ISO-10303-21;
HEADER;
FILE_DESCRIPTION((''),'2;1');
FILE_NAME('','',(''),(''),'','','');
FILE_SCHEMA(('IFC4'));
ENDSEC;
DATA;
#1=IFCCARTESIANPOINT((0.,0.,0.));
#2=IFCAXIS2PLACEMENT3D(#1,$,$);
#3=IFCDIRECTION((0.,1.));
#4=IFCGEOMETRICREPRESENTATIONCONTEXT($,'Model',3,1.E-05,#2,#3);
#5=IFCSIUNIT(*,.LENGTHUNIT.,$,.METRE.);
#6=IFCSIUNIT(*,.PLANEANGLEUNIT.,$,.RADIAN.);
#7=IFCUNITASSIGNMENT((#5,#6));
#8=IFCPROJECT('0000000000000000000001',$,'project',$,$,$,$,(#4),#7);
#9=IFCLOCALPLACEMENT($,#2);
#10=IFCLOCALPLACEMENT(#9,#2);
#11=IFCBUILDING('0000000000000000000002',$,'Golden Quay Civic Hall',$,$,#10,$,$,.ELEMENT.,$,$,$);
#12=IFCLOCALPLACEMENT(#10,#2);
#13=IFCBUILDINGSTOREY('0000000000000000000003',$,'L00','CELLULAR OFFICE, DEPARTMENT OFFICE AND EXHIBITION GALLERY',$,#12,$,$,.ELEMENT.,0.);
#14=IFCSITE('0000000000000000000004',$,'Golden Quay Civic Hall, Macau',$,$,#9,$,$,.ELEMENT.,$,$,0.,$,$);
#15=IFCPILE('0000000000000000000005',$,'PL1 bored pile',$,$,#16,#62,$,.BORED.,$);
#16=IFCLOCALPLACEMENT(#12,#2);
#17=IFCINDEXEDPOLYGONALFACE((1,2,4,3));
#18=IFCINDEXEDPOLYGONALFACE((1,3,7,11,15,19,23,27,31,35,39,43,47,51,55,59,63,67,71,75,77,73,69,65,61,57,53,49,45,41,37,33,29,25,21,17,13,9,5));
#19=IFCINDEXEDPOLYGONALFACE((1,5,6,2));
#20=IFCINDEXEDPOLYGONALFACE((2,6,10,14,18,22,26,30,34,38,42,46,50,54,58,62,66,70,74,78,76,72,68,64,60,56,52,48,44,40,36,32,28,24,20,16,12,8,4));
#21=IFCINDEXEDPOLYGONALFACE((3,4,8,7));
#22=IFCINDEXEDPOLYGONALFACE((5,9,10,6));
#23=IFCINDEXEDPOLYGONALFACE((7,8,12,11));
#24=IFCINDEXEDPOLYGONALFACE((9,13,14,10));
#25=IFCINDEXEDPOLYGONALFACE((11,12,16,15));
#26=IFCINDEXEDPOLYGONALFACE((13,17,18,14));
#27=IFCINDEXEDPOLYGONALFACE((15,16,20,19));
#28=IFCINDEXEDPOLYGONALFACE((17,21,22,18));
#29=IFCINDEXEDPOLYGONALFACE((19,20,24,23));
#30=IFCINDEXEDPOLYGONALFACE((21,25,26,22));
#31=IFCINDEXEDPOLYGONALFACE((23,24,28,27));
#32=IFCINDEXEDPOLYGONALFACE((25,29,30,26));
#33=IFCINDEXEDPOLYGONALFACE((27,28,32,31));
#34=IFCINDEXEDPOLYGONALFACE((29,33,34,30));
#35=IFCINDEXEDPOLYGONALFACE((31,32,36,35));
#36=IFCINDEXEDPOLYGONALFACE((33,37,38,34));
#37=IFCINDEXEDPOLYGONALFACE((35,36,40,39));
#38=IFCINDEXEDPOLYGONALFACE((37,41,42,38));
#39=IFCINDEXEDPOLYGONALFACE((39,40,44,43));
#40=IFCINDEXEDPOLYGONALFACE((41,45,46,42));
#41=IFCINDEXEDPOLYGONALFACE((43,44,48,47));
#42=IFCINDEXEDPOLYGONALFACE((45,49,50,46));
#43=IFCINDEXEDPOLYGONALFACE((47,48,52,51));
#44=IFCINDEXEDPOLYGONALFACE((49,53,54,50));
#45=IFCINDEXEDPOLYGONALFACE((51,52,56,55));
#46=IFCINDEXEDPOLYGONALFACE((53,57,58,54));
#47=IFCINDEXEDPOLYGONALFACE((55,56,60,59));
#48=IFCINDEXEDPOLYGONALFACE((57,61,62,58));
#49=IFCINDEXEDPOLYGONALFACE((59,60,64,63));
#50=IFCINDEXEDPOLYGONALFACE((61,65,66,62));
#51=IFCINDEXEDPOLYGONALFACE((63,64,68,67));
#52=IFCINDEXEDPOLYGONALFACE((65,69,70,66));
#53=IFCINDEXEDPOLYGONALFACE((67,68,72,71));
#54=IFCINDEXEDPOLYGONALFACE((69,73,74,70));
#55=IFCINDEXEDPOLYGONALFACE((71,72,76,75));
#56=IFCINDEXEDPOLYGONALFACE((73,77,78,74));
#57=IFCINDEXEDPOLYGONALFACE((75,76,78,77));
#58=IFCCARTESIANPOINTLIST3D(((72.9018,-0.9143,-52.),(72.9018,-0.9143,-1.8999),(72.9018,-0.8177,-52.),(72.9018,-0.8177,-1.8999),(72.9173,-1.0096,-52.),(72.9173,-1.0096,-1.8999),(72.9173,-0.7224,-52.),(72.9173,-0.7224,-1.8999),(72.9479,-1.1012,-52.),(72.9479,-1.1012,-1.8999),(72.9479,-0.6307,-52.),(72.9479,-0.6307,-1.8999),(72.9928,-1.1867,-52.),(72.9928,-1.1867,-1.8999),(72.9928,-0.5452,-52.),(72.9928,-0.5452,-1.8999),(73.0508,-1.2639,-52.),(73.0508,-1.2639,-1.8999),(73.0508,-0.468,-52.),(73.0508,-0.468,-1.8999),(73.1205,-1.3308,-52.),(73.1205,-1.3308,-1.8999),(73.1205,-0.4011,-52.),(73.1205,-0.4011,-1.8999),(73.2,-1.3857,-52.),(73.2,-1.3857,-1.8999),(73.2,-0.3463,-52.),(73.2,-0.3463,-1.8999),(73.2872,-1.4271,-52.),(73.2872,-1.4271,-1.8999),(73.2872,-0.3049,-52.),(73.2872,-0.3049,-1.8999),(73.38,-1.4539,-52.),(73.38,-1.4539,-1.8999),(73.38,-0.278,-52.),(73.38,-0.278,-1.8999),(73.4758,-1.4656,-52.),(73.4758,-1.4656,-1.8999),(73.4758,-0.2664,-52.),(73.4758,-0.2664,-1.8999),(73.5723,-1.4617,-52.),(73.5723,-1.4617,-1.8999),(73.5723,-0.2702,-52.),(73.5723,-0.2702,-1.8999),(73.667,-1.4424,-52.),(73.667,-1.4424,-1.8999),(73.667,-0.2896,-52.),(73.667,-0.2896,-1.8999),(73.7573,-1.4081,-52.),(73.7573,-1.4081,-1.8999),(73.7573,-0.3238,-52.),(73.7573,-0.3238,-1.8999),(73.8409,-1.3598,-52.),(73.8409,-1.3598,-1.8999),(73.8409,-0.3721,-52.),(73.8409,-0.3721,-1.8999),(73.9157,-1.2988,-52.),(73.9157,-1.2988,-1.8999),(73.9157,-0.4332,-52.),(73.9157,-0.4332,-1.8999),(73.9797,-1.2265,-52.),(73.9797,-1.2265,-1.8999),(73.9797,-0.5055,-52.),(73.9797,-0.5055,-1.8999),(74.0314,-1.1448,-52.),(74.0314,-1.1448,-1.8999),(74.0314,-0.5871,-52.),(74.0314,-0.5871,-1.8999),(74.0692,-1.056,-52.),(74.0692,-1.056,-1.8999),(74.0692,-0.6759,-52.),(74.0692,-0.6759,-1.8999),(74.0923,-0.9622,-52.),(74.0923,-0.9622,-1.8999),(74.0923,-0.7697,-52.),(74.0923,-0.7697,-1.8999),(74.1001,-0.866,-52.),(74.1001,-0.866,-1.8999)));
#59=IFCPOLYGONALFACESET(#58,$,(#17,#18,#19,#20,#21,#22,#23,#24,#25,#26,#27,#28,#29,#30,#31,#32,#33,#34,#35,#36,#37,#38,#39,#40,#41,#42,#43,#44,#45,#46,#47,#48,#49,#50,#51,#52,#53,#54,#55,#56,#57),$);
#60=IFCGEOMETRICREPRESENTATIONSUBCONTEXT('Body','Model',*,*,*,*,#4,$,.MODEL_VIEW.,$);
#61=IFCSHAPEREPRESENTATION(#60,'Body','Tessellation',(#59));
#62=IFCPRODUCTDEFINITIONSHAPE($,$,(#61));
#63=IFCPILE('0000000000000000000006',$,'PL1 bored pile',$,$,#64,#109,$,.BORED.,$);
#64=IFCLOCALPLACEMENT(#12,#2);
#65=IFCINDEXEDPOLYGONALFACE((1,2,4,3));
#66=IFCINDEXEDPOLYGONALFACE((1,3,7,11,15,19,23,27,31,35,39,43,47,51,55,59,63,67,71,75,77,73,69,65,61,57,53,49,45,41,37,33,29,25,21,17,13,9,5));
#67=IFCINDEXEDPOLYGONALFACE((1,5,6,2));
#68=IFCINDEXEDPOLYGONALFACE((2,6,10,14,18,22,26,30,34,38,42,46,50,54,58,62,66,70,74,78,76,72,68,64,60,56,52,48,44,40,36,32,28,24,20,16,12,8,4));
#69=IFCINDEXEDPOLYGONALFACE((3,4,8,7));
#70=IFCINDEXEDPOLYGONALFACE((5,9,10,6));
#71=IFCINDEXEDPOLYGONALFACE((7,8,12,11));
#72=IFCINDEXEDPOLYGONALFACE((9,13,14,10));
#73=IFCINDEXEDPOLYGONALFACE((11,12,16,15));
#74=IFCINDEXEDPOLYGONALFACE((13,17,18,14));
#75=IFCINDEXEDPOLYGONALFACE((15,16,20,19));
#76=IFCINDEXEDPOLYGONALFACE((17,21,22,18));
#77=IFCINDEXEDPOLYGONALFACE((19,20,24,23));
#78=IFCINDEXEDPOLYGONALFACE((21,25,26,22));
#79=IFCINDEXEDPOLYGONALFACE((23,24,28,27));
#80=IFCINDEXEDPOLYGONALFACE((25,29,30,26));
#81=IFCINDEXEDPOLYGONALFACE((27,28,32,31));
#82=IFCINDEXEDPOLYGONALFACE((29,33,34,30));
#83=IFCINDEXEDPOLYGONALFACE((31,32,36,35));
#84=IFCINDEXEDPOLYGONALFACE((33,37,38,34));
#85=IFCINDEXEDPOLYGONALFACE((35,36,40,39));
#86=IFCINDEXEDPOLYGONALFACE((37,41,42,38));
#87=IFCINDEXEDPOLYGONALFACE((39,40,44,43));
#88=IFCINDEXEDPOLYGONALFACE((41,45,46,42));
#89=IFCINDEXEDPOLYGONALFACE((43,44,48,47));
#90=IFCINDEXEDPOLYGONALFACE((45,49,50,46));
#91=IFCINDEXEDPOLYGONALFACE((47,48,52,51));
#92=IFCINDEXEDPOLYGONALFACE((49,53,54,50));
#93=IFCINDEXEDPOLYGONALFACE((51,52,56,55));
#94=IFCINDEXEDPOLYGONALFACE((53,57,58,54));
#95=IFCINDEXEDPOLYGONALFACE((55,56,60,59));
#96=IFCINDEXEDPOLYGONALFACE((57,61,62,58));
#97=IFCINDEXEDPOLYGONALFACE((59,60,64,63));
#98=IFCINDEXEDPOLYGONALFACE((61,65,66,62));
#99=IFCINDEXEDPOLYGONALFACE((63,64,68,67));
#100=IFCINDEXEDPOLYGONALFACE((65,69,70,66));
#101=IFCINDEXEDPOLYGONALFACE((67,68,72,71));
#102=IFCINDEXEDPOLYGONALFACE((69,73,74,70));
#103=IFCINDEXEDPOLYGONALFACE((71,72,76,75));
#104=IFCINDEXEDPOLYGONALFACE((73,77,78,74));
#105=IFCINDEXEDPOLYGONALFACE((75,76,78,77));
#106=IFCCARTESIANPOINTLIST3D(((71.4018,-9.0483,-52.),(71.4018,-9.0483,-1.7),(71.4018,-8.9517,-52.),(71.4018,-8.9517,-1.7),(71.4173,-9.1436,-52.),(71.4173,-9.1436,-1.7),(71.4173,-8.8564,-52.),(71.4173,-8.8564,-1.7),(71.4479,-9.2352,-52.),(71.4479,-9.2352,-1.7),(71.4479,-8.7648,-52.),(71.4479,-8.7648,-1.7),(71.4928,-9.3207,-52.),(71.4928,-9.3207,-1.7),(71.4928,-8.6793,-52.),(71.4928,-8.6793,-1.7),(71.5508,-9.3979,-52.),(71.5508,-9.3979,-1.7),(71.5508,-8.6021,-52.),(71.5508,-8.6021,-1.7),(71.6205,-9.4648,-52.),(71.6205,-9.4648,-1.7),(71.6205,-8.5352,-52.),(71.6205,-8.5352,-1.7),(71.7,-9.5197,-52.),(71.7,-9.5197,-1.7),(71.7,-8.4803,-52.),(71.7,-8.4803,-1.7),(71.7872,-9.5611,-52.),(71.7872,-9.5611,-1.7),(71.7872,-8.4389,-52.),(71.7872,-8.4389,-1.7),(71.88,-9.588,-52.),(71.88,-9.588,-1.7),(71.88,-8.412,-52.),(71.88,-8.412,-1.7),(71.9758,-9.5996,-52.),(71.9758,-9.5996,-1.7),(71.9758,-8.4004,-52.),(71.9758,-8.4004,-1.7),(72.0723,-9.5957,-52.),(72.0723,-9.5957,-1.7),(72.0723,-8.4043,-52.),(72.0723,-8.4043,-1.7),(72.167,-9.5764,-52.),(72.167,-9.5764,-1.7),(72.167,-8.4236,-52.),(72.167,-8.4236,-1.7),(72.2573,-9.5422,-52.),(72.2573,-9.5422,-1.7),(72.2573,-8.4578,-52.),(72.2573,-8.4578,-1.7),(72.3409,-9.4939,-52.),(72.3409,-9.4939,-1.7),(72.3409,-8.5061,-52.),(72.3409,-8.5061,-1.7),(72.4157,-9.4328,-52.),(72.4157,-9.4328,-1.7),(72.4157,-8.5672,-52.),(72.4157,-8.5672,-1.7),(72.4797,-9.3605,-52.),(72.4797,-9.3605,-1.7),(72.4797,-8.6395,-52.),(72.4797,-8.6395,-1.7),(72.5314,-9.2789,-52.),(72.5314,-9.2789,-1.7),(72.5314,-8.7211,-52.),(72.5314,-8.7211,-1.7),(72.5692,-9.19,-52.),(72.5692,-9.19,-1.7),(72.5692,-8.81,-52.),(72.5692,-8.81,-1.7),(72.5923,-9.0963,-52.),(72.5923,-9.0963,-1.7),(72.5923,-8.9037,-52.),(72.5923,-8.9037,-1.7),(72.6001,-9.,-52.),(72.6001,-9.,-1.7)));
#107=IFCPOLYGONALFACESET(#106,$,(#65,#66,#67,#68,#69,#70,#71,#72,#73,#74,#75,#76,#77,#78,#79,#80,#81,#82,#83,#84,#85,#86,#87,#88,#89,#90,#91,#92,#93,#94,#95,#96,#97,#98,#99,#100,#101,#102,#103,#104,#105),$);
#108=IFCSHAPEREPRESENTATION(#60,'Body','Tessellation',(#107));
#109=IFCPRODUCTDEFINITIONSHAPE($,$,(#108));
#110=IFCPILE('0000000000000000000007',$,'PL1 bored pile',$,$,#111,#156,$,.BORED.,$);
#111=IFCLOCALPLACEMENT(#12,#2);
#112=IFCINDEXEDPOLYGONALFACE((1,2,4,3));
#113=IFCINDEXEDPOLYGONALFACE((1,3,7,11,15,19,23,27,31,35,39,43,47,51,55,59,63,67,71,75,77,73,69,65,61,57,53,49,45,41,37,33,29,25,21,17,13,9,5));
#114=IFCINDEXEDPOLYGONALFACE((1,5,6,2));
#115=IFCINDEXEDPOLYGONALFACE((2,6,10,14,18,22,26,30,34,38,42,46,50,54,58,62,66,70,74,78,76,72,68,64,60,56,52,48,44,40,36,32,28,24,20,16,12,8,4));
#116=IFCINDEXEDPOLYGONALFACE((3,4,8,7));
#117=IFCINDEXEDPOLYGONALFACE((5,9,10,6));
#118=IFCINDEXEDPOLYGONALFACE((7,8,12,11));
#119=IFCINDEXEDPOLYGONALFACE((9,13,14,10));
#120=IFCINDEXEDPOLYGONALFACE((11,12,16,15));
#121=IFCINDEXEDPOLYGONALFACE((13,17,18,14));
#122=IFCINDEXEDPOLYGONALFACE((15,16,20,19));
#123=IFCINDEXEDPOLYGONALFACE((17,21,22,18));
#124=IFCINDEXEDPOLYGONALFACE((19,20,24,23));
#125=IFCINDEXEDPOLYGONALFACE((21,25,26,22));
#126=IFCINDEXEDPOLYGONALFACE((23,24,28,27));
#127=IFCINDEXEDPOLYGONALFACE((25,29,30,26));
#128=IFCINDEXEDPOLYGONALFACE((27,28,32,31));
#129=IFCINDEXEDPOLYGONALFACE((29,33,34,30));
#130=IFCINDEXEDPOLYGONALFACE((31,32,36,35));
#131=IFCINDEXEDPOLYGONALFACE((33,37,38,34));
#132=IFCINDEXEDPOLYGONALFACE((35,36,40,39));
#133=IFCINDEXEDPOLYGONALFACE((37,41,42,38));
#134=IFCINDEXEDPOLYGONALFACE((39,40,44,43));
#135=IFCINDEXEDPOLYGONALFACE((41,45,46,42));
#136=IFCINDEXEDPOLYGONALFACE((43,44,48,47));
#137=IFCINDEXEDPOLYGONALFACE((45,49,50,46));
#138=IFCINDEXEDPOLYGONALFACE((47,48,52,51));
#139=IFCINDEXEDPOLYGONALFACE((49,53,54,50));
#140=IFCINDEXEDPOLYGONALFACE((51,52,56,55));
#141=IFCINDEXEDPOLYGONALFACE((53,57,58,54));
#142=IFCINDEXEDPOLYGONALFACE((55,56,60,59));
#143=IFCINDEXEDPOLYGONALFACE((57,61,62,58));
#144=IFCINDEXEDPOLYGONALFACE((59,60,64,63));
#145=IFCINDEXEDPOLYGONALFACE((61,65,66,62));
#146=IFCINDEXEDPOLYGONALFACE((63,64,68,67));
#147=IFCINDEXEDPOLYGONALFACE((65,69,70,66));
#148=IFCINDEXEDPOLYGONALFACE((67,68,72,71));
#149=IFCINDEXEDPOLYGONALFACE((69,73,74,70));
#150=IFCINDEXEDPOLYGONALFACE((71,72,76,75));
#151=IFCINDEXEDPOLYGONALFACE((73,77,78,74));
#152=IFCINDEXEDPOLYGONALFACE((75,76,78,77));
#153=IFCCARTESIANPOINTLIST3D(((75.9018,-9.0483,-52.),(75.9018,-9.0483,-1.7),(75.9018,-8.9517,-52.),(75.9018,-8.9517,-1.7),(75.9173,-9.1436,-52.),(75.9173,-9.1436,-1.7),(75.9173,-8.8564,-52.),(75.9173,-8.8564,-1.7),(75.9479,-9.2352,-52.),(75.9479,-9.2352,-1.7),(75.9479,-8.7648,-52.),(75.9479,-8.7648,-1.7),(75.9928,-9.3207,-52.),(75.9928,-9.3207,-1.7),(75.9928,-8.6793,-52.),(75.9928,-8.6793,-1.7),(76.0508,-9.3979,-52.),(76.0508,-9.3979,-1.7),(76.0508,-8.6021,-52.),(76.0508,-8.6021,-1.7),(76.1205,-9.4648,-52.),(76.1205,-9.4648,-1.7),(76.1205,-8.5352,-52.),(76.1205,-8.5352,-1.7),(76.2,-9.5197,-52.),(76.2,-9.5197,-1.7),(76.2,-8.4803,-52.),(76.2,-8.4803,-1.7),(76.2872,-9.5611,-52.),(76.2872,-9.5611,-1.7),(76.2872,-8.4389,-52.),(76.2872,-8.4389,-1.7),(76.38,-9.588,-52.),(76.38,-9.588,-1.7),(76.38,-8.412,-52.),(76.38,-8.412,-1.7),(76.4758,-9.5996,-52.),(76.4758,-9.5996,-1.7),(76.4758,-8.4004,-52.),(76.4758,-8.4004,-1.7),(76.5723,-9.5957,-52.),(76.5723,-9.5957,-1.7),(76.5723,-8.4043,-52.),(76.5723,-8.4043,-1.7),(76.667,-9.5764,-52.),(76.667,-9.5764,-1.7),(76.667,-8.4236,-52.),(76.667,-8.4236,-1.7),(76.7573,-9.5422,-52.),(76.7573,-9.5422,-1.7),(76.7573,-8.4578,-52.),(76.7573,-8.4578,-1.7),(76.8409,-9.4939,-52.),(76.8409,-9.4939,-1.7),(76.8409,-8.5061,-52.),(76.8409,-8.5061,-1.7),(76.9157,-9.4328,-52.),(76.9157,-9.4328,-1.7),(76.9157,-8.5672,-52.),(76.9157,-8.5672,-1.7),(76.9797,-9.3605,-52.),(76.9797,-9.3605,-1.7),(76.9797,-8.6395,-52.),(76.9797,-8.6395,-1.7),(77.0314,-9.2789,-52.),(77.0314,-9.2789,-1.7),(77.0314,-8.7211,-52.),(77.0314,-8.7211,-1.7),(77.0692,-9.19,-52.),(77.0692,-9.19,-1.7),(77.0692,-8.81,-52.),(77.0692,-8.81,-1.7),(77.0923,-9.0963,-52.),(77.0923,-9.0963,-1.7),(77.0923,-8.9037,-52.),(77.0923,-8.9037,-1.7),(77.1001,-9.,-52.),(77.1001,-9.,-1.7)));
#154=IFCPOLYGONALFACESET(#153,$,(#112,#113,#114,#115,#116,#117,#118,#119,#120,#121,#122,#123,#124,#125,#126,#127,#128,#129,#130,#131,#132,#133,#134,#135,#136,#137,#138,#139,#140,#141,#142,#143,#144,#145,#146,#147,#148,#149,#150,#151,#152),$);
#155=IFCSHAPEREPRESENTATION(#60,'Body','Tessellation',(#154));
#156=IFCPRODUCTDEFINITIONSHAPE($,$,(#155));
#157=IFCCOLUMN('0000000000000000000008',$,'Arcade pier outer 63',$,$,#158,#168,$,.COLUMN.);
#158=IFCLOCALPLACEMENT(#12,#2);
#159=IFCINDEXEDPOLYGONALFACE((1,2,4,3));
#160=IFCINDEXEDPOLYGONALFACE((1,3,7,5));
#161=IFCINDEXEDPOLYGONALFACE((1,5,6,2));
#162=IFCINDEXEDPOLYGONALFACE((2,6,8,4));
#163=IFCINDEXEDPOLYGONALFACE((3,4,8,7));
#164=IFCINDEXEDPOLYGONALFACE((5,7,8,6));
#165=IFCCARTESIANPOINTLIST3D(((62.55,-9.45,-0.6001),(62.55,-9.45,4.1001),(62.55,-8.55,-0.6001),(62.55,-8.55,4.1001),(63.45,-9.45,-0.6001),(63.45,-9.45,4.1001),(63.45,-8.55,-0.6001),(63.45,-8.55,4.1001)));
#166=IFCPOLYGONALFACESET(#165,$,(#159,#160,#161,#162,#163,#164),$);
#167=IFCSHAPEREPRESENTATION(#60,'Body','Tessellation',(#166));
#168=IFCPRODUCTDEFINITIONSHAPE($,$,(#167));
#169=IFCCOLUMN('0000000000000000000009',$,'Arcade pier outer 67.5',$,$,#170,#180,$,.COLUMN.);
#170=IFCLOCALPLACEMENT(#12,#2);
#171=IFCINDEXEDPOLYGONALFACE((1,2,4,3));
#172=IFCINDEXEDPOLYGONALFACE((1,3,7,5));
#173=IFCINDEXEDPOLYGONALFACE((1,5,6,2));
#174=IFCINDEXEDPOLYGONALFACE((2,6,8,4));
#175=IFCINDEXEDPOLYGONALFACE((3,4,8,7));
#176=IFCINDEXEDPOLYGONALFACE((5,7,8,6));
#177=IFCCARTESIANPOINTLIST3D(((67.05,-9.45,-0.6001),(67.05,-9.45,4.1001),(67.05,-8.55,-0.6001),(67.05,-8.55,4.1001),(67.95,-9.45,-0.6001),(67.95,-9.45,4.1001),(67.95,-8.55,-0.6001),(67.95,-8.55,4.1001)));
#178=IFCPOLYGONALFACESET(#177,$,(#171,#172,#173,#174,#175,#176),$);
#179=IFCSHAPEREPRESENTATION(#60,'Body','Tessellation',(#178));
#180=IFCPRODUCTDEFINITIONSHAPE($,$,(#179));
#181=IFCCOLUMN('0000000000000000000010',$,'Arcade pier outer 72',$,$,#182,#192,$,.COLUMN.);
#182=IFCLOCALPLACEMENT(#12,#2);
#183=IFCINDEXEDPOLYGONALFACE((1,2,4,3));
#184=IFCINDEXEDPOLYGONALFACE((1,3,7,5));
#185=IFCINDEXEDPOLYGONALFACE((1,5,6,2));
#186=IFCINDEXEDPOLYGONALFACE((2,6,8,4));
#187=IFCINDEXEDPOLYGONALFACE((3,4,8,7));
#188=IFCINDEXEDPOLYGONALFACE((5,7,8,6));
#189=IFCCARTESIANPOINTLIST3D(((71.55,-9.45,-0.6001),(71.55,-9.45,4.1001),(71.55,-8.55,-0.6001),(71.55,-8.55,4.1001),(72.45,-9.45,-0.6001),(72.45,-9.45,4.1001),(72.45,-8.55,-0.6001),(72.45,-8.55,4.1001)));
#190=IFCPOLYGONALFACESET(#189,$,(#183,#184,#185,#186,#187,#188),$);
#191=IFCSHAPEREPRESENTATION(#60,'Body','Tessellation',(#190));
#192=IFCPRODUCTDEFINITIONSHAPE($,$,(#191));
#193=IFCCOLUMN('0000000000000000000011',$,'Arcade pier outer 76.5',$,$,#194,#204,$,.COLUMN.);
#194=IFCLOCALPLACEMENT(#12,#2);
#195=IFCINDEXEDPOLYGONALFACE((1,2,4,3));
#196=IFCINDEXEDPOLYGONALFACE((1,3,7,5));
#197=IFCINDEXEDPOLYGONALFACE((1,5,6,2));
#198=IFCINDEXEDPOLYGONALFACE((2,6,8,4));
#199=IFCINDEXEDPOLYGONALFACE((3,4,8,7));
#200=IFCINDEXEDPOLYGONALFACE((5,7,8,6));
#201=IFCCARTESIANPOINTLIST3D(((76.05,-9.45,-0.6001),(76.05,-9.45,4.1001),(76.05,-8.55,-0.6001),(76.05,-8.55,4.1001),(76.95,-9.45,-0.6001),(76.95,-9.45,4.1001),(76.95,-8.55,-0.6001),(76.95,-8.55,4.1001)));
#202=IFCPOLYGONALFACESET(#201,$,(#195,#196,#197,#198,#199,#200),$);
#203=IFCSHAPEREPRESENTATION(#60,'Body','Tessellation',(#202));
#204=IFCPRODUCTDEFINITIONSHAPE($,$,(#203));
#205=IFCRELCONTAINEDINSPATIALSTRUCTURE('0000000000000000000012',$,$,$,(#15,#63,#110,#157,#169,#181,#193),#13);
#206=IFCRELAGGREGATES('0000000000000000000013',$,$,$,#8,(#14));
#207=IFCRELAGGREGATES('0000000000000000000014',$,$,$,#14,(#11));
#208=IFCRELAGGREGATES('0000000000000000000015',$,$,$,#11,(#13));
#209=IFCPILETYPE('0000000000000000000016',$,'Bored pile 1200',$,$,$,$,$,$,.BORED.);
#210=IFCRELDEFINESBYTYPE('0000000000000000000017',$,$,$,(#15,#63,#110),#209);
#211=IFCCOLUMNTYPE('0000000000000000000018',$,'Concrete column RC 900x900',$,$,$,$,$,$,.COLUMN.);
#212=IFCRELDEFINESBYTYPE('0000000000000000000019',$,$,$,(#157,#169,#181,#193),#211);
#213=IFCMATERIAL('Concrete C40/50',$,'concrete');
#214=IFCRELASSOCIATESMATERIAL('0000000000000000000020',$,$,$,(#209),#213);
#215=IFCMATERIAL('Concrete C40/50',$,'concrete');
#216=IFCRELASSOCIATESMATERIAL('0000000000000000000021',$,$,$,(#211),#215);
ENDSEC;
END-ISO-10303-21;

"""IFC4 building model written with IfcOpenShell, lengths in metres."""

from ifc_helpers import new_model, si_unit, direction, frame, origin, origin_2d, place, context, subcontext, project, spatial, rectangle, circle, extrude, material, material_profile, profile_set, type_object, element, save


model = new_model("IFC4")

# Units and contexts
model_context = context("Model", 3, precision=1e-05, world=origin(), true_north=direction((0.0, 1.0)))
body_context = subcontext(model_context, "Body", "Model", "MODEL_VIEW")
ifc_project = project(units=[si_unit("LENGTHUNIT", "METRE"), si_unit("PLANEANGLEUNIT", "RADIAN")], contexts=[model_context])

# Site, building, storey
site_placement = place(None, origin())
site = spatial("IfcSite", under=ifc_project, at=site_placement, Name="Golden Quay Civic Hall, Macau", CompositionType="ELEMENT", RefElevation=0.0)
building_placement = place(site_placement, origin())
building = spatial("IfcBuilding", under=site, at=building_placement, Name="Golden Quay Civic Hall", CompositionType="ELEMENT")
storey_placement = place(building_placement, origin())
storey = spatial("IfcBuildingStorey", under=building, at=storey_placement, Name="L00", Description="CELLULAR OFFICE, DEPARTMENT OFFICE AND EXHIBITION GALLERY", CompositionType="ELEMENT", Elevation=0.0)

# Piles
ifc_material_1 = material(Name="Concrete C40/50", Category="concrete")
ifc_material_profile_1 = material_profile(ifc_material_1, circle(Radius=0.6001, at=origin_2d()), Name="RC D1200")
ifc_profile_set_1 = profile_set([ifc_material_profile_1], Name="Concrete C40/50")
pile_type = type_object("IfcPileType", Name="Bored pile 1200", PredefinedType="BORED", material=ifc_profile_set_1)
for number, where, z_axis, x_axis, name in (
    (1, (73.5, -0.866, -1.8999), (0.0, 0.0, -1.0), (1.0, 0.0, 0.0), "PL1 bored pile"),
):
    element("IfcPile", number, at=place(storey_placement, frame(where, z_axis=z_axis, x_axis=x_axis)), inside=storey, type_object=pile_type, Name=name, PredefinedType="BORED", context=body_context, shape_type="SweptSolid", body=[
        extrude(circle(Radius=0.6001, at=origin_2d()), origin(), (0.0, 0.0, 1.0), 50.1001),
    ])
for number, where, z_axis, x_axis, name in (
    (2, (72.0, -9.0, -1.7), (0.0, 0.0, -1.0), (1.0, 0.0, 0.0), "PL1 bored pile"),
    (3, (76.5, -9.0, -1.7), (0.0, 0.0, -1.0), (1.0, 0.0, 0.0), "PL1 bored pile"),
):
    element("IfcPile", number, at=place(storey_placement, frame(where, z_axis=z_axis, x_axis=x_axis)), inside=storey, type_object=pile_type, Name=name, PredefinedType="BORED", context=body_context, shape_type="SweptSolid", body=[
        extrude(circle(Radius=0.6001, at=origin_2d()), origin(), (0.0, 0.0, 1.0), 50.3),
    ])

# Columns
ifc_material_2 = material(Name="Concrete C40/50", Category="concrete")
ifc_material_profile_2 = material_profile(ifc_material_2, rectangle(XDim=0.8999, YDim=0.8999, at=origin_2d()), Name="RC 900x900")
ifc_profile_set_2 = profile_set([ifc_material_profile_2], Name="Concrete C40/50")
column_type = type_object("IfcColumnType", Name="Concrete column RC 900x900", PredefinedType="COLUMN", material=ifc_profile_set_2)
for number, where, z_axis, x_axis, name in (
    (4, (63.0, -9.0, -0.6001), (0.0, 0.0, 1.0), (1.0, 0.0, 0.0), "Arcade pier outer 63"),
    (5, (67.5, -9.0, -0.6001), (0.0, 0.0, 1.0), (1.0, 0.0, 0.0), "Arcade pier outer 67.5"),
    (6, (72.0, -9.0, -0.6001), (0.0, 0.0, 1.0), (1.0, 0.0, 0.0), "Arcade pier outer 72"),
    (7, (76.5, -9.0, -0.6001), (0.0, 0.0, 1.0), (1.0, 0.0, 0.0), "Arcade pier outer 76.5"),
):
    element("IfcColumn", number, at=place(storey_placement, frame(where, z_axis=z_axis, x_axis=x_axis)), inside=storey, type_object=column_type, Name=name, PredefinedType="COLUMN", context=body_context, shape_type="SweptSolid", body=[
        extrude(rectangle(XDim=0.8999, YDim=0.8999, at=origin_2d()), origin(), (0.0, 0.0, 1.0), 4.7002),
    ])

save(model, "model.ifc")
